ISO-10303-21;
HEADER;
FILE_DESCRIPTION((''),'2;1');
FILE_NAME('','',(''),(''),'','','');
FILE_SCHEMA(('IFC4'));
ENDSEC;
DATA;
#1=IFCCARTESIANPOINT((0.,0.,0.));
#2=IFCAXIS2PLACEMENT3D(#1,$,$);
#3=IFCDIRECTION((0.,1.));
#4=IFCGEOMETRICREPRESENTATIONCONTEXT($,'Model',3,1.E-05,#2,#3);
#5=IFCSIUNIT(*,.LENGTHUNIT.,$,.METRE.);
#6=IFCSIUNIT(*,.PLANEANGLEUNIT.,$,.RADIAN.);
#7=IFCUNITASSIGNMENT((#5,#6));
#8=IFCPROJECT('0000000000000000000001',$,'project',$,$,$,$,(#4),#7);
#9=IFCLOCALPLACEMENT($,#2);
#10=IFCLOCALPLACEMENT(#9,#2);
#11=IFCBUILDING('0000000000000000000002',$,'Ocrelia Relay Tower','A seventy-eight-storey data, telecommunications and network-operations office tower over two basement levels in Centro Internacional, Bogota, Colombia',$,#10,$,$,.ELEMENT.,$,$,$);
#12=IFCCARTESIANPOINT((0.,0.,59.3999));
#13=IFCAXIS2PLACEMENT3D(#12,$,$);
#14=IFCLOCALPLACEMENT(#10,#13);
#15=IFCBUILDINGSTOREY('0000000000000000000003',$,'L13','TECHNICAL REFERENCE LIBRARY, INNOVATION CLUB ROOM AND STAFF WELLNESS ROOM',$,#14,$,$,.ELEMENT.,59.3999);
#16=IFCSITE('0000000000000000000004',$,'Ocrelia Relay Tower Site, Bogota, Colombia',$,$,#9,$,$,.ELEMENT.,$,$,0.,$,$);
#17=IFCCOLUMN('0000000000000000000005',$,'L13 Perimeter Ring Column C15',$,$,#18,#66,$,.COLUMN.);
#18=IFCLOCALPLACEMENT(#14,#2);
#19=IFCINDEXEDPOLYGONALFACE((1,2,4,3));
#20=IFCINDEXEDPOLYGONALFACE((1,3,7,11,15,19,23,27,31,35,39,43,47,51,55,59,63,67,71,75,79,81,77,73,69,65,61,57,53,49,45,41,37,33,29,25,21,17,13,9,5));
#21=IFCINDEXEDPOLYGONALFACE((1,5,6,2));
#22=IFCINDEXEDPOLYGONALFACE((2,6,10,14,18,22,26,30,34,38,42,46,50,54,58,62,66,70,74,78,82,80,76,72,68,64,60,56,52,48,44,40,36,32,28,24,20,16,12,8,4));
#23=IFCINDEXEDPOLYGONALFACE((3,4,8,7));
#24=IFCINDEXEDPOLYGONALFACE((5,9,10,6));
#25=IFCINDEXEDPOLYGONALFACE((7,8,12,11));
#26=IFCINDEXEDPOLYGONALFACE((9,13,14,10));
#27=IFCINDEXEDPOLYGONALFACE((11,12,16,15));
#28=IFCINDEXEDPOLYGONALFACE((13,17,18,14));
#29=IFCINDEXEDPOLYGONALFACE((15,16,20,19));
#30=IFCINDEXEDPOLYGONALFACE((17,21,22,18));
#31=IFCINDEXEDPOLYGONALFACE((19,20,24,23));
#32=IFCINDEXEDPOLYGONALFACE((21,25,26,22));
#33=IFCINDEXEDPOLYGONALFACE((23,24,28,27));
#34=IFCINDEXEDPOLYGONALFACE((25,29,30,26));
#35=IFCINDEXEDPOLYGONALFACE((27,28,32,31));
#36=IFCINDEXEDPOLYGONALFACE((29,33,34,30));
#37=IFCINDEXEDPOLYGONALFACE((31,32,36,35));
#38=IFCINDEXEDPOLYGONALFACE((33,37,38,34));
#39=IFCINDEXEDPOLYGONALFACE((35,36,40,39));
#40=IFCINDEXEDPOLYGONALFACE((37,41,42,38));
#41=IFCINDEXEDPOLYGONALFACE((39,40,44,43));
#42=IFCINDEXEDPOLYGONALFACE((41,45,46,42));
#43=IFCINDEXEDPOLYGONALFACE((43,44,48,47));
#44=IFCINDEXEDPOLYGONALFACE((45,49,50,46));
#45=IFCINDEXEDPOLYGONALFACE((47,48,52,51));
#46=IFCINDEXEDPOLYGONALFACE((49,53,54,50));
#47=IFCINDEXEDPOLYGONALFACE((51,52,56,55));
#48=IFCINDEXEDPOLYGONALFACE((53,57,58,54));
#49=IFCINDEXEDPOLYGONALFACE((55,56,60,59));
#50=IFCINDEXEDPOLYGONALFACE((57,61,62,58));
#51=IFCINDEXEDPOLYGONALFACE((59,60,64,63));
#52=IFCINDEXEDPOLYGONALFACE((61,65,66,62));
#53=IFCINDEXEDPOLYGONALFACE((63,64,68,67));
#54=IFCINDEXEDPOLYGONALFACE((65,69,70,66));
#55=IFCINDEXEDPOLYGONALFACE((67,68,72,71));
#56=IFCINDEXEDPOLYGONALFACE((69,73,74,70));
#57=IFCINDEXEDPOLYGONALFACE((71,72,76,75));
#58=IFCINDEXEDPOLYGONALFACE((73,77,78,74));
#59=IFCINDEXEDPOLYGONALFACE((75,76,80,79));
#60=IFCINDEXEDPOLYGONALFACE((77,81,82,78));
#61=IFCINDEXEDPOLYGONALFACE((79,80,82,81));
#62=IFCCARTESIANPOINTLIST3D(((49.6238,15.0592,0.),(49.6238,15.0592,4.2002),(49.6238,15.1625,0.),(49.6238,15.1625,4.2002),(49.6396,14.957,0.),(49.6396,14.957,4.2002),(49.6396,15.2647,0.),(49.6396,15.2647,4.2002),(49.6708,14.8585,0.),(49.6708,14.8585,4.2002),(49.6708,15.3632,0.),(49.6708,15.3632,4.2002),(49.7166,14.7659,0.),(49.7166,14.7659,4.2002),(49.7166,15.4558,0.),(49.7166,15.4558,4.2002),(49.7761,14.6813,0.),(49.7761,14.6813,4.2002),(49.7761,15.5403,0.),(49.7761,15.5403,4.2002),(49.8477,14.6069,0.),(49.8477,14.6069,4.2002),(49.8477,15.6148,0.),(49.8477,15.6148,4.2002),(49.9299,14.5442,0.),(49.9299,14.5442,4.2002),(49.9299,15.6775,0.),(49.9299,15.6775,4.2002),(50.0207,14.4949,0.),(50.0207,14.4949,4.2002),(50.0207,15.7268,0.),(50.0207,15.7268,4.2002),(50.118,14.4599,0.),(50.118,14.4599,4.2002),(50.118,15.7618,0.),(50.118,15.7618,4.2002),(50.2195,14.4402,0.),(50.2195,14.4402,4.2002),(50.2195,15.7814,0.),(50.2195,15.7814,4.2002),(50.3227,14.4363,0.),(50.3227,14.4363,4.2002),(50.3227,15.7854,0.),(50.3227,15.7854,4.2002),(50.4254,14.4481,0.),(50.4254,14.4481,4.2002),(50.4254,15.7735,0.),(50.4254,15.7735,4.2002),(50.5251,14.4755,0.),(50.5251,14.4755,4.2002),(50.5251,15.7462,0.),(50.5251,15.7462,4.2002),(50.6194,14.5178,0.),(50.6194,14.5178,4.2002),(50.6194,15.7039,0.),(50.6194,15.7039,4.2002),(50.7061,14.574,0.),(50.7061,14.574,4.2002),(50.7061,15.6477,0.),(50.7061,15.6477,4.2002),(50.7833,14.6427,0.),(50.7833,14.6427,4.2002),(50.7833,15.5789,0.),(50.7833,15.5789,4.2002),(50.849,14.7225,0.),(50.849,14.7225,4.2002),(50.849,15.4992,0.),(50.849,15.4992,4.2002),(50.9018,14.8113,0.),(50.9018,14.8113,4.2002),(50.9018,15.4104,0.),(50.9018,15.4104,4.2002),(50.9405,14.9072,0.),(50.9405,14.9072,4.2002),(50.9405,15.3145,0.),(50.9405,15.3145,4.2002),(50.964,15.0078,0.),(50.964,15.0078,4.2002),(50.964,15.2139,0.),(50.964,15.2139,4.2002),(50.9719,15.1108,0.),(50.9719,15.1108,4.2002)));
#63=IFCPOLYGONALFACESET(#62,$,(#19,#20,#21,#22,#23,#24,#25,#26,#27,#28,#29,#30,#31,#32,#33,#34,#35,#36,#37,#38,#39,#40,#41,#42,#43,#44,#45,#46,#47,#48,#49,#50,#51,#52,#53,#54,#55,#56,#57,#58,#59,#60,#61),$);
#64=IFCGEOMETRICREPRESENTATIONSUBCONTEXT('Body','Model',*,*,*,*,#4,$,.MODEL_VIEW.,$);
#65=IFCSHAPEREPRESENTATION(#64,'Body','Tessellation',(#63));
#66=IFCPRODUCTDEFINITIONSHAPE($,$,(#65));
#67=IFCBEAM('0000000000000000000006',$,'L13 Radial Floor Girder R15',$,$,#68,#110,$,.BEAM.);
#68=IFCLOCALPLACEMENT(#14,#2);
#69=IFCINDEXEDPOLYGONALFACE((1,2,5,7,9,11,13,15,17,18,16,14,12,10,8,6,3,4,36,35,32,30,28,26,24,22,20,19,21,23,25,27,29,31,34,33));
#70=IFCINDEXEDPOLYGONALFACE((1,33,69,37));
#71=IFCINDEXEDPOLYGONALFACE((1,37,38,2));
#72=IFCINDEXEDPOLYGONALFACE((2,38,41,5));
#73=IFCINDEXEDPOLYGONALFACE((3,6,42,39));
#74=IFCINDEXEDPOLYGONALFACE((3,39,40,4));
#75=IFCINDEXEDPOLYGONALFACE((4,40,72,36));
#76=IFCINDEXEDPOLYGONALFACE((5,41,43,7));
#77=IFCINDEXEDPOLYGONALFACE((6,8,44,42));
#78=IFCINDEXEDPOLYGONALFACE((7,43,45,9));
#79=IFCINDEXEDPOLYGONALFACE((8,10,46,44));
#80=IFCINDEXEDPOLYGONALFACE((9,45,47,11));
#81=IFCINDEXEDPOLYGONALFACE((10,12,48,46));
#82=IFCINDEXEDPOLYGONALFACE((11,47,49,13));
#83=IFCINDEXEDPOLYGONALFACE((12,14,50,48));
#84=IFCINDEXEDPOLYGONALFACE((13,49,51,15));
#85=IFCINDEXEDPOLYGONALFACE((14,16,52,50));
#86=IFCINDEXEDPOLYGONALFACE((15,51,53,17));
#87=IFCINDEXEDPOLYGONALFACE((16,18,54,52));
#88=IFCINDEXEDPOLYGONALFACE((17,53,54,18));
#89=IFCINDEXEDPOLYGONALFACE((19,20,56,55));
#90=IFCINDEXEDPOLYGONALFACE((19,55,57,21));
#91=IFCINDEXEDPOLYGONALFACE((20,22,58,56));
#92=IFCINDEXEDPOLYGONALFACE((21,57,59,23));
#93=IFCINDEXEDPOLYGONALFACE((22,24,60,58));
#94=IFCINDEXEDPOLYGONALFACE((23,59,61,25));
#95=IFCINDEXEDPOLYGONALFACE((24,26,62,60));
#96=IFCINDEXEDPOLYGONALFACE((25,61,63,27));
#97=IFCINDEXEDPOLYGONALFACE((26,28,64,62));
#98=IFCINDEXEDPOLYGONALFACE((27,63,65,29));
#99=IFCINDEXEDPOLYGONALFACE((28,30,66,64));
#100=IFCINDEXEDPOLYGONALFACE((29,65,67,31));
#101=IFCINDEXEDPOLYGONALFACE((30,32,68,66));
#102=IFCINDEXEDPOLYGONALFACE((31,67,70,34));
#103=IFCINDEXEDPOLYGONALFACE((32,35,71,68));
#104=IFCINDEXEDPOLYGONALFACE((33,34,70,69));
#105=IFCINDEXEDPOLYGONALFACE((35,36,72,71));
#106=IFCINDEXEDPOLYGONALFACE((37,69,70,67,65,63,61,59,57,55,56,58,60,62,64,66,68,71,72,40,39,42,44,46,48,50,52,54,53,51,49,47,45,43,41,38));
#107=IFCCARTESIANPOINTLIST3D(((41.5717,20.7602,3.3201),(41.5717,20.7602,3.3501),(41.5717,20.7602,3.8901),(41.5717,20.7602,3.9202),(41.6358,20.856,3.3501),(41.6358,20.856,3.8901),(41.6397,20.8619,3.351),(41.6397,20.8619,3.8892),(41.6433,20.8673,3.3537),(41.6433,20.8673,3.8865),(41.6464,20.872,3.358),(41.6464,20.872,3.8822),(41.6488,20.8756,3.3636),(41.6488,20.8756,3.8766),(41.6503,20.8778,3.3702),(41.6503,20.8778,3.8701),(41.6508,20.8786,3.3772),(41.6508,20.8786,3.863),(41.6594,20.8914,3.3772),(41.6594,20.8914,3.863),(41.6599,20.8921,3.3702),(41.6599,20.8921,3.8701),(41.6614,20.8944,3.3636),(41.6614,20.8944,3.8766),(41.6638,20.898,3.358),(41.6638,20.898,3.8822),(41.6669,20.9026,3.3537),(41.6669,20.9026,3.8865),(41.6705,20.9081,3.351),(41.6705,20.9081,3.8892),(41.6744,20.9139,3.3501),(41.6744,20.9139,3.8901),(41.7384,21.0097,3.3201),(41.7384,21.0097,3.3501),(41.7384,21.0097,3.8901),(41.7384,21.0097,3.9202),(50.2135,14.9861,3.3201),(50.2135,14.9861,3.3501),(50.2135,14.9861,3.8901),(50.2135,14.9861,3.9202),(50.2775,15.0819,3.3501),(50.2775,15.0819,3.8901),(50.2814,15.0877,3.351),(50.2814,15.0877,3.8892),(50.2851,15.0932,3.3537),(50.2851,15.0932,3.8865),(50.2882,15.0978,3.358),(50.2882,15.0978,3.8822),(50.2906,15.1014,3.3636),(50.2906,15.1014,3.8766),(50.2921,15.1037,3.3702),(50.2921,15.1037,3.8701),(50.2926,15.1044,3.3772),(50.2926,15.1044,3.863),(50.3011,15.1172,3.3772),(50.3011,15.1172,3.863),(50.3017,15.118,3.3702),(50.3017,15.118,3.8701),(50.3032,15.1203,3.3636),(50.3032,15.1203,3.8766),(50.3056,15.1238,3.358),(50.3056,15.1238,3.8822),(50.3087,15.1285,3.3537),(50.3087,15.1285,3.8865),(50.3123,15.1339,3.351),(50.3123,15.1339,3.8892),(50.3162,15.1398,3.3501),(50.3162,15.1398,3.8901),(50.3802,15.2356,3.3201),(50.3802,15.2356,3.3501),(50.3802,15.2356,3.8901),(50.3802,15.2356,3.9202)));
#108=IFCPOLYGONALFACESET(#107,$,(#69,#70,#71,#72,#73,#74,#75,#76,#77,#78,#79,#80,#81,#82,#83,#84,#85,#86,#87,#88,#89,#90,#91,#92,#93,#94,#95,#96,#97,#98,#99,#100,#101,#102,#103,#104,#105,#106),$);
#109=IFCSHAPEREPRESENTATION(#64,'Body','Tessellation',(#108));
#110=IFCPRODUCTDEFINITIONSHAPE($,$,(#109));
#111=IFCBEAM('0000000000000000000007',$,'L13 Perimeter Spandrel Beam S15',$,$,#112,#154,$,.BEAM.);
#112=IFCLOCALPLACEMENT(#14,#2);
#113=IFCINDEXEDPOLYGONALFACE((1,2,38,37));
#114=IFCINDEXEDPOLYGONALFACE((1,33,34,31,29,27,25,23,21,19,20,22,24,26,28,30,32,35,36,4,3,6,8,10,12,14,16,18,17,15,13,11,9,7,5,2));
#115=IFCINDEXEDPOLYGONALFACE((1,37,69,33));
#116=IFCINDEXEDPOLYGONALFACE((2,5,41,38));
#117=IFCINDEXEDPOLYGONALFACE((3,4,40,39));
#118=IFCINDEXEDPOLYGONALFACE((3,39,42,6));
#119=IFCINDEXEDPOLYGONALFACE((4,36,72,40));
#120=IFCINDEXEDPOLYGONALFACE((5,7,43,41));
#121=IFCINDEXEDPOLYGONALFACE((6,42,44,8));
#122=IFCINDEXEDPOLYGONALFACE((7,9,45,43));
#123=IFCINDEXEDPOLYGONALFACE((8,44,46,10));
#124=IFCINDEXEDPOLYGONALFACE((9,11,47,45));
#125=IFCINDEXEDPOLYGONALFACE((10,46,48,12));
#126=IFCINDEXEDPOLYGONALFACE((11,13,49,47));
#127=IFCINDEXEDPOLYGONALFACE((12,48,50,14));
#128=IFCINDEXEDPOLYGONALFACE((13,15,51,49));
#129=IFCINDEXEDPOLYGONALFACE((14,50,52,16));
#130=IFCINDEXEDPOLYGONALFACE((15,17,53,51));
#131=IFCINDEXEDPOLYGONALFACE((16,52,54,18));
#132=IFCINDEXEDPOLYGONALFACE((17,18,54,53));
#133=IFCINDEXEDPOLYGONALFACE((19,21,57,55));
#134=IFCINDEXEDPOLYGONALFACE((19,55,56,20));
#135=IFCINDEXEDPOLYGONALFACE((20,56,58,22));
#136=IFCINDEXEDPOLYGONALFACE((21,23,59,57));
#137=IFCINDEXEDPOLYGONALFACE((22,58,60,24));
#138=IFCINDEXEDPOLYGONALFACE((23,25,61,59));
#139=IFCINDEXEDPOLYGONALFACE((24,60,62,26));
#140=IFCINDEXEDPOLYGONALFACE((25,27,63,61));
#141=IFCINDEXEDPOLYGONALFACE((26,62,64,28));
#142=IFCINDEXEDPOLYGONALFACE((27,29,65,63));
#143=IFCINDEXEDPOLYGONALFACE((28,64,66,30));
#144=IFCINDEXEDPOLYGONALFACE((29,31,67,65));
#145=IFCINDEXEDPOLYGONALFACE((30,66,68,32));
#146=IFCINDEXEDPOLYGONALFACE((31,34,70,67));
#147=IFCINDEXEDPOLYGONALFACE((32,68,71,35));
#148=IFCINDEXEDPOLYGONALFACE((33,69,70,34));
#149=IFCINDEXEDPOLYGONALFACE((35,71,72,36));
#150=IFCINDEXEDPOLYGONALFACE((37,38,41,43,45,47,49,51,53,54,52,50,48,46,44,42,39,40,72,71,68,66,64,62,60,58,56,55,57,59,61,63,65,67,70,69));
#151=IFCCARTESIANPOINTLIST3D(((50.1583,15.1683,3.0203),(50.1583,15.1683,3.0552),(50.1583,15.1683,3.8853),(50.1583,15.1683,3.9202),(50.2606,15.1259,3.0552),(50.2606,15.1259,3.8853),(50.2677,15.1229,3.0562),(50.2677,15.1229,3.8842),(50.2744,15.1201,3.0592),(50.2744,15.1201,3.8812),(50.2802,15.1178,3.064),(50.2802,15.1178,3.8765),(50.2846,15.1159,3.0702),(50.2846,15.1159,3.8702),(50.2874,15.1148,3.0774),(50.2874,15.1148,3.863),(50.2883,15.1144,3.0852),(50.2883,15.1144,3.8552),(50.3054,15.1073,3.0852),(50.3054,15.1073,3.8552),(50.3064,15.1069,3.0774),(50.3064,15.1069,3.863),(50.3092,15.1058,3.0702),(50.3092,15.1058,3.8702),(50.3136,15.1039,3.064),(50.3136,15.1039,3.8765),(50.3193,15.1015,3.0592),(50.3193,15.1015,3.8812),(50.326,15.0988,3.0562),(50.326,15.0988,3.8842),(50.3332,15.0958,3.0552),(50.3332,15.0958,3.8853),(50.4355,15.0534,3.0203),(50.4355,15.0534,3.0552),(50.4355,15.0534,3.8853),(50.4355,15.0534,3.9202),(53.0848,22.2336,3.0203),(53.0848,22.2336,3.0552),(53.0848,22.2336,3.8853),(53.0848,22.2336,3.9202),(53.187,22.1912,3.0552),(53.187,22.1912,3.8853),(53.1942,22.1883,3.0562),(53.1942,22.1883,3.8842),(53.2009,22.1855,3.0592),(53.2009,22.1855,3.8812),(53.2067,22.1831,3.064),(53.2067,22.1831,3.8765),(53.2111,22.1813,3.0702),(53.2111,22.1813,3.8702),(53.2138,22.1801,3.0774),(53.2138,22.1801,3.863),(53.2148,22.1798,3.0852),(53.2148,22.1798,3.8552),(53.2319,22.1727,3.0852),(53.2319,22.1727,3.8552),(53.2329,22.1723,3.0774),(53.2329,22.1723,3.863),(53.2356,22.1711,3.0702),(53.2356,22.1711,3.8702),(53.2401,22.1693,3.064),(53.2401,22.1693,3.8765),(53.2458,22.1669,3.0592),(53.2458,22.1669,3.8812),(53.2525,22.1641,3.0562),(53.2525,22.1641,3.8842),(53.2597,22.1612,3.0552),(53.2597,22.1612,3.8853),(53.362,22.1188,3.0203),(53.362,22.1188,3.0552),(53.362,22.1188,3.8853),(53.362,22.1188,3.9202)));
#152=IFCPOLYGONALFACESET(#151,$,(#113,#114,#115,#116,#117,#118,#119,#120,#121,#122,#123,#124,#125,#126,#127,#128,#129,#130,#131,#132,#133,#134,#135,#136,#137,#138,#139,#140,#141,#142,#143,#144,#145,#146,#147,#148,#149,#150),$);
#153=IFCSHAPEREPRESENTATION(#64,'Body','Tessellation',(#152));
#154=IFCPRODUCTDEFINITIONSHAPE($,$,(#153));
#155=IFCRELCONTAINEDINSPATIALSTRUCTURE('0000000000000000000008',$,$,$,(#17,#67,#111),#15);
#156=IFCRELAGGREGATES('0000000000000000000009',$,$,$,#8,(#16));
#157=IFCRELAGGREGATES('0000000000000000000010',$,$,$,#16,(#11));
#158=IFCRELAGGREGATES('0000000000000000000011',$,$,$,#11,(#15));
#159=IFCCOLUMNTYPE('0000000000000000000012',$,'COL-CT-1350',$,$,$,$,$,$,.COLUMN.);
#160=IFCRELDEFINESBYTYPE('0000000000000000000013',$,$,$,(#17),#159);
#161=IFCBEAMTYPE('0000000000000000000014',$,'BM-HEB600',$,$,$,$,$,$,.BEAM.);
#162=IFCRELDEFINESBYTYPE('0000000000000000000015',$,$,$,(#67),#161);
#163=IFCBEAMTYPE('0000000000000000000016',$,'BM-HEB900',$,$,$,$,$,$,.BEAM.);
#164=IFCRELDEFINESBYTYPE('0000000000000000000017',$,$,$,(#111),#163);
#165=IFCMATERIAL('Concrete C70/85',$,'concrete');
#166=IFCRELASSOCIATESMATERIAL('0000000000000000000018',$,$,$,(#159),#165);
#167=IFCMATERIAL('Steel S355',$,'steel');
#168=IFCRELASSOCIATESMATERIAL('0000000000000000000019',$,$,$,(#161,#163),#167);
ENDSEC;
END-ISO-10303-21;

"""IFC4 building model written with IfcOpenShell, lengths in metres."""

from ifc_helpers import new_model, si_unit, direction, frame, origin, origin_2d, place, context, subcontext, project, spatial, circle, i_section, extrude, material, material_profile, profile_set, type_object, element, save


model = new_model("IFC4")

# Units and contexts
model_context = context("Model", 3, precision=1e-05, world=origin(), true_north=direction((0.0, 1.0)))
body_context = subcontext(model_context, "Body", "Model", "MODEL_VIEW")
ifc_project = project(units=[si_unit("LENGTHUNIT", "METRE"), si_unit("PLANEANGLEUNIT", "RADIAN")], contexts=[model_context])

# Site, building, storey
site_placement = place(None, origin())
site = spatial("IfcSite", under=ifc_project, at=site_placement, Name="Ocrelia Relay Tower Site, Bogota, Colombia", CompositionType="ELEMENT", RefElevation=0.0)
building_placement = place(site_placement, origin())
building = spatial("IfcBuilding", under=site, at=building_placement, Name="Ocrelia Relay Tower", Description="A seventy-eight-storey data, telecommunications and network-operations office tower over two basement levels in Centro Internacional, Bogota, Colombia", CompositionType="ELEMENT")
storey_placement = place(building_placement, frame((0.0, 0.0, 59.3999)))
storey = spatial("IfcBuildingStorey", under=building, at=storey_placement, Name="L13", Description="TECHNICAL REFERENCE LIBRARY, INNOVATION CLUB ROOM AND STAFF WELLNESS ROOM", CompositionType="ELEMENT", Elevation=59.3999)

# Column
ifc_material_1 = material(Name="Concrete C70/85", Category="concrete")
ifc_material_profile_1 = material_profile(ifc_material_1, circle(Radius=0.675, at=origin_2d()), Name="RC-CIR-1350")
ifc_profile_set_1 = profile_set([ifc_material_profile_1], Name="Concrete C70/85")
column_type = type_object("IfcColumnType", Name="COL-CT-1350", PredefinedType="COLUMN", material=ifc_profile_set_1)
column_placement = place(storey_placement, frame((50.2969, 15.1108, 0.0), z_axis=(0.0, 0.0, 1.0), x_axis=(1.0, 0.0, 0.0)))
element("IfcColumn", 1, at=column_placement, inside=storey, type_object=column_type, Name="L13 Perimeter Ring Column C15", PredefinedType="COLUMN", context=body_context, shape_type="SweptSolid", body=[
    extrude(circle(Radius=0.675, at=origin_2d()), origin(), (0.0, 0.0, 1.0), 4.2002),
])

# Beams
ifc_material_2 = material(Name="Steel S355", Category="steel")
ifc_material_profile_2 = material_profile(ifc_material_2, i_section(OverallWidth=0.3, OverallDepth=0.6001, WebThickness=0.0154, FlangeThickness=0.03, FilletRadius=0.0271, at=origin_2d()), Name="HEB 600")
ifc_profile_set_2 = profile_set([ifc_material_profile_2], Name="Steel S355")
beam_type_1 = type_object("IfcBeamType", Name="BM-HEB600", PredefinedType="BEAM", material=ifc_profile_set_2)
beam_1_placement = place(storey_placement, frame((50.2969, 15.1108, 3.6201), z_axis=(-0.831475, 0.555562, 0.0), x_axis=(-0.555562, -0.831475, 0.0)))
element("IfcBeam", 2, at=beam_1_placement, inside=storey, type_object=beam_type_1, Name="L13 Radial Floor Girder R15", PredefinedType="BEAM", context=body_context, shape_type="SweptSolid", body=[
    extrude(i_section(OverallWidth=0.3, OverallDepth=0.6001, WebThickness=0.0154, FlangeThickness=0.03, FilletRadius=0.0271, at=origin_2d()), origin(), (0.0, 0.0, 1.0), 10.3933),
])
ifc_material_profile_3 = material_profile(ifc_material_2, i_section(OverallWidth=0.3, OverallDepth=0.8999, WebThickness=0.0186, FlangeThickness=0.0349, FilletRadius=0.03, at=origin_2d()), Name="HEB 900")
ifc_profile_set_3 = profile_set([ifc_material_profile_3], Name="Steel S355")
beam_type_2 = type_object("IfcBeamType", Name="BM-HEB900", PredefinedType="BEAM", material=ifc_profile_set_3)
beam_2_placement = place(storey_placement, frame((50.2969, 15.1108, 3.4702), z_axis=(0.382674, 0.923883, 0.0), x_axis=(-0.923883, 0.382674, 0.0)))
element("IfcBeam", 3, at=beam_2_placement, inside=storey, type_object=beam_type_2, Name="L13 Perimeter Spandrel Beam S15", PredefinedType="BEAM", context=body_context, shape_type="SweptSolid", body=[
    extrude(i_section(OverallWidth=0.3, OverallDepth=0.8999, WebThickness=0.0186, FlangeThickness=0.0349, FilletRadius=0.03, at=origin_2d()), origin(), (0.0, 0.0, 1.0), 7.6475),
])

save(model, "model.ifc")
